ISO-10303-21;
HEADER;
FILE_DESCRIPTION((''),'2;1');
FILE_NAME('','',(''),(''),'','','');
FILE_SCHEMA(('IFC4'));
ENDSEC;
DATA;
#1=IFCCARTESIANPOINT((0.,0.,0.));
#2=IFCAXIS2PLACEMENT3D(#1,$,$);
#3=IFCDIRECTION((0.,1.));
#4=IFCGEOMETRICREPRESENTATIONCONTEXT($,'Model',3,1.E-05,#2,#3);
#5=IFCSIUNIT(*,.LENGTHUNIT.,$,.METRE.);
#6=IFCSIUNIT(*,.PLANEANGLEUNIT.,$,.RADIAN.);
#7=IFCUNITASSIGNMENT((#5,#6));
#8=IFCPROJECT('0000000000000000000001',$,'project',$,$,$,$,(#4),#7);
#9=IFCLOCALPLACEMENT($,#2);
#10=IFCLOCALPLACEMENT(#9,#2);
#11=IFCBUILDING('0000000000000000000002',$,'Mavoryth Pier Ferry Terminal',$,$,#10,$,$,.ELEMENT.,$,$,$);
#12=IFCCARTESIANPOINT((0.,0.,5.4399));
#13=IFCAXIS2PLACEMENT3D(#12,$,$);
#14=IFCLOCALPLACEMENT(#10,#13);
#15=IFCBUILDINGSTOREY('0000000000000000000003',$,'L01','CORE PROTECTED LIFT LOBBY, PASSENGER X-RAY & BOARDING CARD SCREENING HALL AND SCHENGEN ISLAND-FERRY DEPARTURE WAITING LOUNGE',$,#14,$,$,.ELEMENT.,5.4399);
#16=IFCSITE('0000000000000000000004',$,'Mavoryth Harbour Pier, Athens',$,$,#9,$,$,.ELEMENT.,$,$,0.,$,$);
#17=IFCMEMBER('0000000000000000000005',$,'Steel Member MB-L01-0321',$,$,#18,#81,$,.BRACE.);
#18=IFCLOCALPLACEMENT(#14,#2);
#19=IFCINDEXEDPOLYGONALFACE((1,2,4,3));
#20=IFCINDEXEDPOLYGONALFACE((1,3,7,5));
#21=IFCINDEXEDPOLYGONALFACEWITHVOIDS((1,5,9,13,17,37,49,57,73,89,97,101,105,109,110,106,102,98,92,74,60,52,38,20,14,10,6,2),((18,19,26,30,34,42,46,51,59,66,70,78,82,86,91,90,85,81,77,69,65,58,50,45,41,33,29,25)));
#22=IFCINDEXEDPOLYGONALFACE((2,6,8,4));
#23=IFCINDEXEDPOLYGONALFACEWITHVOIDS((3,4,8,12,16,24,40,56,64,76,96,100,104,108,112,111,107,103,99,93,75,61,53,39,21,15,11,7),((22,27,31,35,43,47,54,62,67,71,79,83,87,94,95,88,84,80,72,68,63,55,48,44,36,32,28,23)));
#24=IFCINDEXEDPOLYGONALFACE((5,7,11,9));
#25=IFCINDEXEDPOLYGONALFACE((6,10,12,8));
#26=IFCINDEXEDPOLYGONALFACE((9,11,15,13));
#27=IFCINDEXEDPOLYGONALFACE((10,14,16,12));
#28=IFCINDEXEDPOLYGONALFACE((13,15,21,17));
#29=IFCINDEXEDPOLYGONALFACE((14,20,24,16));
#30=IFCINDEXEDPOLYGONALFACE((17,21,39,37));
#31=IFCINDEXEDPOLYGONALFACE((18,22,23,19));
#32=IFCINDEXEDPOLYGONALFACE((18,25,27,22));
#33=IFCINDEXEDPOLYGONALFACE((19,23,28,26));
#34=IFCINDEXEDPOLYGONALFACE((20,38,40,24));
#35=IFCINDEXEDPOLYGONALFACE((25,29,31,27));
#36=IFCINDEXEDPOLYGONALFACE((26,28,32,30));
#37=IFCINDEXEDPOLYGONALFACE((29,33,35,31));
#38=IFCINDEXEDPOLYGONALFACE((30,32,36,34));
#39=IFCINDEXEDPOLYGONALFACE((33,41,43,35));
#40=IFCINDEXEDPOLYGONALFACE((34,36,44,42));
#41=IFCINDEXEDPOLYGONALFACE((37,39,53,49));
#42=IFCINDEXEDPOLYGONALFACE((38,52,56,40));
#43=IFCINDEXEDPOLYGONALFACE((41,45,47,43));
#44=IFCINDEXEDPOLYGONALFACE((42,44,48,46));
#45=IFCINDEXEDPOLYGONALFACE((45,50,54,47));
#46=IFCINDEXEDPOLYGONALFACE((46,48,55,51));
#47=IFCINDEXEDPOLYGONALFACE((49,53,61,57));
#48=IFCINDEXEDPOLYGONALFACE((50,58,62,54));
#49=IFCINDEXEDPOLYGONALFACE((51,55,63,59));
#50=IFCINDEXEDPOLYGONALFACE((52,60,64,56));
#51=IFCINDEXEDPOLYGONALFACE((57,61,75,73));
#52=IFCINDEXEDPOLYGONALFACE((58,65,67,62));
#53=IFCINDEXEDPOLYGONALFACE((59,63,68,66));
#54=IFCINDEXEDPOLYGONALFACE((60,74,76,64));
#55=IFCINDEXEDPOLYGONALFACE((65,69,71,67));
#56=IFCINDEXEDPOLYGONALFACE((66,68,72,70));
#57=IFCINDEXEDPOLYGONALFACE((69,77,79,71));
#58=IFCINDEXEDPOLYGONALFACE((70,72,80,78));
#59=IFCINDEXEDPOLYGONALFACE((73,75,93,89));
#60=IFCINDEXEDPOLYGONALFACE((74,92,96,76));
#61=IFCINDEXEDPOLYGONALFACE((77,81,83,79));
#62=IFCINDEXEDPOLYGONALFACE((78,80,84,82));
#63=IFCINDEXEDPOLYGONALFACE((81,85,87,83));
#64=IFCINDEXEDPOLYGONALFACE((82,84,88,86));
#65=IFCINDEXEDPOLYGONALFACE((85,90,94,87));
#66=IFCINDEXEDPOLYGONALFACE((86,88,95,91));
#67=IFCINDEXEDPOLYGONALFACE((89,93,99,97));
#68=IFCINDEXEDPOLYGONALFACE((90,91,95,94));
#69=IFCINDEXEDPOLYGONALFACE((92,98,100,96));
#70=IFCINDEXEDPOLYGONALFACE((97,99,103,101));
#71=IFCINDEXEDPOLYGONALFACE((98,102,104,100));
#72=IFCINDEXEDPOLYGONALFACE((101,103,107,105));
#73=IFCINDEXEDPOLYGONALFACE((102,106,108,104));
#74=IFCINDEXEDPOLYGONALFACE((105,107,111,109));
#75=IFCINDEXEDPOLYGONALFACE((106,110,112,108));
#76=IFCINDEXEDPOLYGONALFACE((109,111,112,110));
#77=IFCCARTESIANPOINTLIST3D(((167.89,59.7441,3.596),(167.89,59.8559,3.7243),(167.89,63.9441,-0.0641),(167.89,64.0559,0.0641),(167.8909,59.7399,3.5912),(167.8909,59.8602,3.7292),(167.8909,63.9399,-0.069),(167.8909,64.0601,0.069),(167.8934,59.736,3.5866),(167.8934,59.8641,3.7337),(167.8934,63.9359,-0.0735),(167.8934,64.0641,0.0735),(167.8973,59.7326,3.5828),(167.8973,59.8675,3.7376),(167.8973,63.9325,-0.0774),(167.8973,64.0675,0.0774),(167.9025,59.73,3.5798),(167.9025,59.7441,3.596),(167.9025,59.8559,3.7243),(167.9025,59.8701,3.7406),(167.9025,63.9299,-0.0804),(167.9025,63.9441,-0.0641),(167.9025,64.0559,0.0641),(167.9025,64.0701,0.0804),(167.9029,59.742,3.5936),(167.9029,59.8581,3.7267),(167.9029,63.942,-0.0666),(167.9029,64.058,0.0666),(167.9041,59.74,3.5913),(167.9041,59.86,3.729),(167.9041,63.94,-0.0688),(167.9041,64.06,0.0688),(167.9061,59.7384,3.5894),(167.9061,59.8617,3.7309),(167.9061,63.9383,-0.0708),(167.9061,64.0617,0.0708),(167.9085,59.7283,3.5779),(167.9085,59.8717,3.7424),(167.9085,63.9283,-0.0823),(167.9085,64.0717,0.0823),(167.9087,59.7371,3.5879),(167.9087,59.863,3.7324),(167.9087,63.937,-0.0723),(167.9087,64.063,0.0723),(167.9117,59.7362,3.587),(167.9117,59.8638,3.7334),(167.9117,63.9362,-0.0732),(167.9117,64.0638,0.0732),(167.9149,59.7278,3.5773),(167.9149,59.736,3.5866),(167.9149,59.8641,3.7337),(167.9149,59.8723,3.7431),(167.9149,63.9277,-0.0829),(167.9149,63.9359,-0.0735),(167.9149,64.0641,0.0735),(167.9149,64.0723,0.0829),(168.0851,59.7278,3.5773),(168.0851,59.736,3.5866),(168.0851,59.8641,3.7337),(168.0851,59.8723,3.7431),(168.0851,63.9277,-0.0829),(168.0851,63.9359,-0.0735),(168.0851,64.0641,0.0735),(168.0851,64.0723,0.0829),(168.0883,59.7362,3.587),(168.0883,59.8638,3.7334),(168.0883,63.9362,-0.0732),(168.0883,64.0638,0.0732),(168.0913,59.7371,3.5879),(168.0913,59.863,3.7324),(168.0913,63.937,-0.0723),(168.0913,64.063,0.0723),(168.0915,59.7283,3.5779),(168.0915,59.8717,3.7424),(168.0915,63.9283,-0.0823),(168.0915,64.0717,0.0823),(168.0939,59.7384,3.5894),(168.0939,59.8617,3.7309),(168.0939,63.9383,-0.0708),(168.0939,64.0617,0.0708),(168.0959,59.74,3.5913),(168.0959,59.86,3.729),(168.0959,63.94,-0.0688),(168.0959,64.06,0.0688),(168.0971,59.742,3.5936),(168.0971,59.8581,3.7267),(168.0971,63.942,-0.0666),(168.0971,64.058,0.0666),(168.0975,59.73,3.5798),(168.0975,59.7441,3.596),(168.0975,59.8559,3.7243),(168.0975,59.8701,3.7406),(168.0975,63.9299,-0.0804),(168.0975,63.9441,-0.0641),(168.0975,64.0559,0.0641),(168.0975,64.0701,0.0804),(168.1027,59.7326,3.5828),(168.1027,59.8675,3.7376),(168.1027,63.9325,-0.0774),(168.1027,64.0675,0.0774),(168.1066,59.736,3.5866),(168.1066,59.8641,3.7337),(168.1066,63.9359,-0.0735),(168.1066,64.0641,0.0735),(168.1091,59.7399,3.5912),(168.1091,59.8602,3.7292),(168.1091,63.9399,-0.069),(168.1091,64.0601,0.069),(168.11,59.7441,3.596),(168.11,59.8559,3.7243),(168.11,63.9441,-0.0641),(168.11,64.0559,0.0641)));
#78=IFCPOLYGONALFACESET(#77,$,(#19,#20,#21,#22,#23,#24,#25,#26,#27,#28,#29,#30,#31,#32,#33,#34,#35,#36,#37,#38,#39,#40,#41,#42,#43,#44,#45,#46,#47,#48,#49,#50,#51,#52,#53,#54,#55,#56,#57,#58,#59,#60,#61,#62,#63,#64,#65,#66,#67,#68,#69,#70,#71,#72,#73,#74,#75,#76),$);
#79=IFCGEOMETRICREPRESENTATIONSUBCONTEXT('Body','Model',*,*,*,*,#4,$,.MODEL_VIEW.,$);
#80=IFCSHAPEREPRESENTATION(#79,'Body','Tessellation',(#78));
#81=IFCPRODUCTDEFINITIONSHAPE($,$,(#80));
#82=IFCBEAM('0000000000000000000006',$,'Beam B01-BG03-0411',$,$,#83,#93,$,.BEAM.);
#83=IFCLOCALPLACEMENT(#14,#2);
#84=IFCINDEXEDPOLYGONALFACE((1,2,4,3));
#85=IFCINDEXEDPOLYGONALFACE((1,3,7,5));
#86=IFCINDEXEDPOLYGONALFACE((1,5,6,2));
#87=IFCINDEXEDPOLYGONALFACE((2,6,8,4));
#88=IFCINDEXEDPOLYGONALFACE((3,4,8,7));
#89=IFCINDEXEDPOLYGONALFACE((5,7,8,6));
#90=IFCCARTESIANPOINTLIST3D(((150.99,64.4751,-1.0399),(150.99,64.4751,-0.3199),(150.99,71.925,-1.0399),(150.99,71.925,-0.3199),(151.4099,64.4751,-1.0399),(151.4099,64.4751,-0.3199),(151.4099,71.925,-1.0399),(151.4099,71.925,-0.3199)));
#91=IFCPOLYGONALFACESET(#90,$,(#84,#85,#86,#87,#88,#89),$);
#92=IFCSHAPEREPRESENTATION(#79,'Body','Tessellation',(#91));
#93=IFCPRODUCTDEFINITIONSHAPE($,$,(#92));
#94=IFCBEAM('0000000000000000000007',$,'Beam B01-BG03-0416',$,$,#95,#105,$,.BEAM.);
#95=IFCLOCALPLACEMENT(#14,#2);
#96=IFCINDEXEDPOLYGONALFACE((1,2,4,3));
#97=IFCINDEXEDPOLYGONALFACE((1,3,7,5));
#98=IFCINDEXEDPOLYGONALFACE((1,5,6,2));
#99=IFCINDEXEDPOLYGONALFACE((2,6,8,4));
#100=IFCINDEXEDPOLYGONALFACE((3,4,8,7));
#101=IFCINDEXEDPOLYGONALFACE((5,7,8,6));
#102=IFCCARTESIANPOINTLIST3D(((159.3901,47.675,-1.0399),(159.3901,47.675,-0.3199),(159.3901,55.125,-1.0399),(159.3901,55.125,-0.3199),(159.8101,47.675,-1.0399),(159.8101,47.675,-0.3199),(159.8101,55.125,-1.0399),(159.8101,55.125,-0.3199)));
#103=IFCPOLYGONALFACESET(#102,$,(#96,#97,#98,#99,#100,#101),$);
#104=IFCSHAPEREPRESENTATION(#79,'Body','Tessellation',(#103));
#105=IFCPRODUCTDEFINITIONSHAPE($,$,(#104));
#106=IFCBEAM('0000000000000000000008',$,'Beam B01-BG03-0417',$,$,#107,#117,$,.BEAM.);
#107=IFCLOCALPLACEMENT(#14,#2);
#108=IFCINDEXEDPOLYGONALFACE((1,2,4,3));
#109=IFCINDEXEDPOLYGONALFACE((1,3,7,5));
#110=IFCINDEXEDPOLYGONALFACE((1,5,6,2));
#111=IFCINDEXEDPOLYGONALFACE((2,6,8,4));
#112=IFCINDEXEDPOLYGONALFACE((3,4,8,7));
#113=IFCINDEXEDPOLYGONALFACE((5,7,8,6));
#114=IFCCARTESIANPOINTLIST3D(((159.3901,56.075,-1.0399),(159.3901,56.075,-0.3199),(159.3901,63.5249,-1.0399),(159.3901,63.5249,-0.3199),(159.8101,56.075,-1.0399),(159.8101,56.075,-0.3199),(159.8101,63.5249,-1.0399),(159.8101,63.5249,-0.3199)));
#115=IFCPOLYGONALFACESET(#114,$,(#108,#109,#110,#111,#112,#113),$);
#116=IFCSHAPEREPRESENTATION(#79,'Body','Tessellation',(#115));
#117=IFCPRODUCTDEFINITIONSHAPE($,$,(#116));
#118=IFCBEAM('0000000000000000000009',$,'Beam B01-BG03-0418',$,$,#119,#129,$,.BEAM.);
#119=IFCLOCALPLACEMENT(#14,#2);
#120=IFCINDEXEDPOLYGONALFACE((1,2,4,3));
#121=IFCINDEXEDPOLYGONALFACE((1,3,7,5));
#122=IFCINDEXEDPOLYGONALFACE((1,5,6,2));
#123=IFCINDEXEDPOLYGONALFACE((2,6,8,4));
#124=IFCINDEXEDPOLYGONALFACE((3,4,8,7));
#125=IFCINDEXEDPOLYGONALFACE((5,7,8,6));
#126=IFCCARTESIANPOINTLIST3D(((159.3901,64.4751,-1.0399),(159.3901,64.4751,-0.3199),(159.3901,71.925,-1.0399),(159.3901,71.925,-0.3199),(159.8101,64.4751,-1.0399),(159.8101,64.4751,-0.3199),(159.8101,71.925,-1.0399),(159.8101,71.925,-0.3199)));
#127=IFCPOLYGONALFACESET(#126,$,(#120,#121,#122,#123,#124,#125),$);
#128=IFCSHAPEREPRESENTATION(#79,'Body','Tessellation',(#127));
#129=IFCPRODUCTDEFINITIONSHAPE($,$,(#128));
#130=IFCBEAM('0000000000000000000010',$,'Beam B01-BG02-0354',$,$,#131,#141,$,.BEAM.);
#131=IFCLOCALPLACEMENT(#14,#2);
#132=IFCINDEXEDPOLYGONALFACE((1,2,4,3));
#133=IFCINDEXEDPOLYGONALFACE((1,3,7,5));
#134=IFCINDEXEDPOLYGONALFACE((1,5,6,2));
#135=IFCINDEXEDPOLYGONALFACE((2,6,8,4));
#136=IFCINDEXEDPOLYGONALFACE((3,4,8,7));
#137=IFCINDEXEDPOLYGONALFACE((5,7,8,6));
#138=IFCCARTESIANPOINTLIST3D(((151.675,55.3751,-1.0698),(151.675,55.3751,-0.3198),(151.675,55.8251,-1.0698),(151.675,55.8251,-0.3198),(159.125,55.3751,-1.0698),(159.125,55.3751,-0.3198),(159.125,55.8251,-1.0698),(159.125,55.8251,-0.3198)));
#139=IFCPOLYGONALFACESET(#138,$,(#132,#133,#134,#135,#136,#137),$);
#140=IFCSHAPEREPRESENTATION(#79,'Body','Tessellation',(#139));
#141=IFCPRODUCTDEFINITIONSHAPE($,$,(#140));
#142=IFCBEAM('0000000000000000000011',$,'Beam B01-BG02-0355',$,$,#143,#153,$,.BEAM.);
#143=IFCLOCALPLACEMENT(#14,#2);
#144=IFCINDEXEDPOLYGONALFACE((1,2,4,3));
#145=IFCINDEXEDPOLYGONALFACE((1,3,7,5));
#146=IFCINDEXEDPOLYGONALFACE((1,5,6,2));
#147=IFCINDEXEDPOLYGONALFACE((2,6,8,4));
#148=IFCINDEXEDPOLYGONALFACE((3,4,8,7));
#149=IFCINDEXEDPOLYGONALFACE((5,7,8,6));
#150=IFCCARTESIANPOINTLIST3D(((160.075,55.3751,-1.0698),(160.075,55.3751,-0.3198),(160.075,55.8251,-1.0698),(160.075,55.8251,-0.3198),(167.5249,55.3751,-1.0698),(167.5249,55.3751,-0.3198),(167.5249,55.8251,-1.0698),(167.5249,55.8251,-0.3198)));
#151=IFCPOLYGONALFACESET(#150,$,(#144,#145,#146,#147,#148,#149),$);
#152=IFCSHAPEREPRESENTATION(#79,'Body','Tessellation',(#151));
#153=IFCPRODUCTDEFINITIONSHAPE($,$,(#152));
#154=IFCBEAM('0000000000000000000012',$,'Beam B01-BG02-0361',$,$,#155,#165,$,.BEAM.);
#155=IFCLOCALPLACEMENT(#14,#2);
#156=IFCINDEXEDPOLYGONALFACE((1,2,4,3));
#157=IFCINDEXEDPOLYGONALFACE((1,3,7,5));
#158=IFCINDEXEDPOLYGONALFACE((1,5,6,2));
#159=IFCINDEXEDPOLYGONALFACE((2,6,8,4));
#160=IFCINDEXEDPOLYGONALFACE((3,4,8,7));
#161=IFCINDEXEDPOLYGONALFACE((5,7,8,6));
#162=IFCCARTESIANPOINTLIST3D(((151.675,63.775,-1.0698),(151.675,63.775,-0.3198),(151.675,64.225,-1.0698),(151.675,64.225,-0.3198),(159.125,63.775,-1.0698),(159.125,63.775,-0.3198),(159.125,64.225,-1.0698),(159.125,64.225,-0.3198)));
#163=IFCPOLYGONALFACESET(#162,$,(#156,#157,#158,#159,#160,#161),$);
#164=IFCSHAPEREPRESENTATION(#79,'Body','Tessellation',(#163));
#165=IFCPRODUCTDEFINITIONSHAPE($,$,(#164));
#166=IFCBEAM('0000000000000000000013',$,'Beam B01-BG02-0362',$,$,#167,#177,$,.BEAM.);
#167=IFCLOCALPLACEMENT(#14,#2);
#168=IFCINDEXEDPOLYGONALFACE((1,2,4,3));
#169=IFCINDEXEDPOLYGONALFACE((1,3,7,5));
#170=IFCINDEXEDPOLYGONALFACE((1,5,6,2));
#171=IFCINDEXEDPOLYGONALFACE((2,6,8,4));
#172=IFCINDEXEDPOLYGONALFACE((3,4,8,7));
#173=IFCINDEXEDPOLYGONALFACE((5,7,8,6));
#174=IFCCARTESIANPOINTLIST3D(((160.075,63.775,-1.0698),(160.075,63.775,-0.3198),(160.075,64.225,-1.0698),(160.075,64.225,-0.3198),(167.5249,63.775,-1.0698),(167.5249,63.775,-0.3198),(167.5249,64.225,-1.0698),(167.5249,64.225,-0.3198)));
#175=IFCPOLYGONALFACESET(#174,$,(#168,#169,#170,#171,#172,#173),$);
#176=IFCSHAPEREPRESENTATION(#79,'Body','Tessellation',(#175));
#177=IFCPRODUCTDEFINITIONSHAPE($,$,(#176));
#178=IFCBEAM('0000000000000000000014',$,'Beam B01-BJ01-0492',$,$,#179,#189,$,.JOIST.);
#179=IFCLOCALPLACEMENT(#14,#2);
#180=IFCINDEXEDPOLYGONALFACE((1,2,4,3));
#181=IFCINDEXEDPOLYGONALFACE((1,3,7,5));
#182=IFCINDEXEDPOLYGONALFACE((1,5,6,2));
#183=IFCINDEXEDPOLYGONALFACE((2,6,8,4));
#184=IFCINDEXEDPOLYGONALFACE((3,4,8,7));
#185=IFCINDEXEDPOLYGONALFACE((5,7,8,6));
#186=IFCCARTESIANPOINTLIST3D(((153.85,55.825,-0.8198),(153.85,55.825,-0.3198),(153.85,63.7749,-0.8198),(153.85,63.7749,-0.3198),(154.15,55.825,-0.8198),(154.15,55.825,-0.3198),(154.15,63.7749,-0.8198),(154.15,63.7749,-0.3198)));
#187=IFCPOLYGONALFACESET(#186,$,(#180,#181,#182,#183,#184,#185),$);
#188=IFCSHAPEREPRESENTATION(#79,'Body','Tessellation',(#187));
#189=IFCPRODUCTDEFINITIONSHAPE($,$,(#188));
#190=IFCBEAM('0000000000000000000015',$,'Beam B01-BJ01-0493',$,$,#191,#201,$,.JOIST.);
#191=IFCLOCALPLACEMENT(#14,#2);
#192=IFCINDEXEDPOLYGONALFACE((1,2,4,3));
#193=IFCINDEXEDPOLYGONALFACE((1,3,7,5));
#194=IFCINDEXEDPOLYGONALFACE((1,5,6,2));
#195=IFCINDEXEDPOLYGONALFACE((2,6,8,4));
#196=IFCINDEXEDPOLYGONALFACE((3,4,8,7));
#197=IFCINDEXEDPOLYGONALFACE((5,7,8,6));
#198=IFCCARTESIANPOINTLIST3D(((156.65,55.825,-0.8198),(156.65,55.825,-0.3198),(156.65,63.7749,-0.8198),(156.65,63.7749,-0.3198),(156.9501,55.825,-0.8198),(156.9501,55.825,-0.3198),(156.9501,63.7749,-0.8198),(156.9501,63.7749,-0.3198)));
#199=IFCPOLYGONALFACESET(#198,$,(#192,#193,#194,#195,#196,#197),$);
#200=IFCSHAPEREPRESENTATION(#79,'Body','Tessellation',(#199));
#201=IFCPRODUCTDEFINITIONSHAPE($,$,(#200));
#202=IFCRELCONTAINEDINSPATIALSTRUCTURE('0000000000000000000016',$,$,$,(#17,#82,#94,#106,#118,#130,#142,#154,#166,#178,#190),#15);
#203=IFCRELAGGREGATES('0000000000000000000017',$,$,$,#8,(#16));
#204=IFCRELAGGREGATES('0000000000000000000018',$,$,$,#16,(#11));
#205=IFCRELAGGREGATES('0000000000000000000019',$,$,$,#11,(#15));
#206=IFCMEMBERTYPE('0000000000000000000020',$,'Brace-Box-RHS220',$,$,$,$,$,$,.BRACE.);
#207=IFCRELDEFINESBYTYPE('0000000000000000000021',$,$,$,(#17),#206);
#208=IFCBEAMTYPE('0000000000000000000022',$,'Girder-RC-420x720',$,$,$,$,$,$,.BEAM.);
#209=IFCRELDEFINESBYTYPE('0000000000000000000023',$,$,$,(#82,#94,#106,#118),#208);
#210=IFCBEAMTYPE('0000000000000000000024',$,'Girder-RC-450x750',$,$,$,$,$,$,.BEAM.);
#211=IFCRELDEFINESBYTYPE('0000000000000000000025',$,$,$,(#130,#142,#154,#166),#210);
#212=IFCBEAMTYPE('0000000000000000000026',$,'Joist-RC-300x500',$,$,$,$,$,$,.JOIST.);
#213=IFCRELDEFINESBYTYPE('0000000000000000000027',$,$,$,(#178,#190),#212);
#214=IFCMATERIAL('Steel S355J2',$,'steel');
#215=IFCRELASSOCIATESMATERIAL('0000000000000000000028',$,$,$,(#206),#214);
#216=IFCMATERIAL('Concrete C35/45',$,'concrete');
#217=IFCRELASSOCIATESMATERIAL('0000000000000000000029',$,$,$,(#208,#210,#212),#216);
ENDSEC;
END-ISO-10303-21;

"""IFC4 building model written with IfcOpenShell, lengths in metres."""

from ifc_helpers import new_model, si_unit, direction, frame, origin, origin_2d, place, context, subcontext, project, spatial, rectangle, hollow_rectangle, extrude, material, material_profile, profile_set, type_object, element, save


model = new_model("IFC4")

# Units and contexts
model_context = context("Model", 3, precision=1e-05, world=origin(), true_north=direction((0.0, 1.0)))
body_context = subcontext(model_context, "Body", "Model", "MODEL_VIEW")
ifc_project = project(units=[si_unit("LENGTHUNIT", "METRE"), si_unit("PLANEANGLEUNIT", "RADIAN")], contexts=[model_context])

# Site, building, storey
site_placement = place(None, origin())
site = spatial("IfcSite", under=ifc_project, at=site_placement, Name="Mavoryth Harbour Pier, Athens", CompositionType="ELEMENT", RefElevation=0.0)
building_placement = place(site_placement, origin())
building = spatial("IfcBuilding", under=site, at=building_placement, Name="Mavoryth Pier Ferry Terminal", CompositionType="ELEMENT")
storey_placement = place(building_placement, frame((0.0, 0.0, 5.4399)))
storey = spatial("IfcBuildingStorey", under=building, at=storey_placement, Name="L01", Description="CORE PROTECTED LIFT LOBBY, PASSENGER X-RAY & BOARDING CARD SCREENING HALL AND SCHENGEN ISLAND-FERRY DEPARTURE WAITING LOUNGE", CompositionType="ELEMENT", Elevation=5.4399)

# Member
ifc_material_1 = material(Name="Steel S355J2", Category="steel")
ifc_material_profile_1 = material_profile(ifc_material_1, hollow_rectangle(XDim=0.22, YDim=0.22, WallThickness=0.0125, InnerFilletRadius=0.0125, OuterFilletRadius=0.0249, at=origin_2d()), Name="RHS 220x220x12.5", Category="steel")
ifc_profile_set_1 = profile_set([ifc_material_profile_1], Name="Steel S355J2 - RHS 220x220x12.5")
member_type = type_object("IfcMemberType", Name="Brace-Box-RHS220", PredefinedType="BRACE", material=ifc_profile_set_1)
for number, where, z_axis, x_axis, name in (
    (1, (168.0, 64.0, 0.0), (0.0, -0.753892, 0.656999), (1.0, 0.0, 0.0), "Steel Member MB-L01-0321"),
):
    element("IfcMember", number, at=place(storey_placement, frame(where, z_axis=z_axis, x_axis=x_axis)), inside=storey, type_object=member_type, Name=name, PredefinedType="BRACE", context=body_context, shape_type="SweptSolid", body=[
        extrude(hollow_rectangle(XDim=0.22, YDim=0.22, WallThickness=0.0125, InnerFilletRadius=0.0125, OuterFilletRadius=0.0249, at=origin_2d()), origin(), (0.0, 0.0, 1.0), 5.571),
    ])

# Beams
ifc_material_2 = material(Name="Concrete C35/45", Category="concrete")
ifc_material_profile_2 = material_profile(ifc_material_2, rectangle(XDim=0.4199, YDim=0.72, at=origin_2d()), Name="RC 420x720", Category="concrete")
ifc_profile_set_2 = profile_set([ifc_material_profile_2], Name="Concrete C35/45 - RC 420x720")
beam_type_1 = type_object("IfcBeamType", Name="Girder-RC-420x720", PredefinedType="BEAM", material=ifc_profile_set_2)
for number, where, z_axis, x_axis, name in (
    (2, (151.2, 64.4751, -0.6799), (0.0, 1.0, 0.0), (-1.0, 0.0, 0.0), "Beam B01-BG03-0411"),
    (3, (159.6001, 47.675, -0.6799), (0.0, 1.0, 0.0), (-1.0, 0.0, 0.0), "Beam B01-BG03-0416"),
    (4, (159.6001, 56.075, -0.6799), (0.0, 1.0, 0.0), (-1.0, 0.0, 0.0), "Beam B01-BG03-0417"),
    (5, (159.6001, 64.4751, -0.6799), (0.0, 1.0, 0.0), (-1.0, 0.0, 0.0), "Beam B01-BG03-0418"),
):
    element("IfcBeam", number, at=place(storey_placement, frame(where, z_axis=z_axis, x_axis=x_axis)), inside=storey, type_object=beam_type_1, Name=name, PredefinedType="BEAM", context=body_context, shape_type="SweptSolid", body=[
        extrude(rectangle(XDim=0.4199, YDim=0.72, at=origin_2d()), origin(), (0.0, 0.0, 1.0), 7.45),
    ])
ifc_material_profile_3 = material_profile(ifc_material_2, rectangle(XDim=0.45, YDim=0.75, at=origin_2d()), Name="RC 450x750", Category="concrete")
ifc_profile_set_3 = profile_set([ifc_material_profile_3], Name="Concrete C35/45 - RC 450x750")
beam_type_2 = type_object("IfcBeamType", Name="Girder-RC-450x750", PredefinedType="BEAM", material=ifc_profile_set_3)
for number, where, z_axis, x_axis, name in (
    (6, (151.675, 55.6001, -0.6948), (1.0, 0.0, 0.0), (0.0, 1.0, 0.0), "Beam B01-BG02-0354"),
    (7, (160.075, 55.6001, -0.6948), (1.0, 0.0, 0.0), (0.0, 1.0, 0.0), "Beam B01-BG02-0355"),
    (8, (151.675, 64.0, -0.6948), (1.0, 0.0, 0.0), (0.0, 1.0, 0.0), "Beam B01-BG02-0361"),
    (9, (160.075, 64.0, -0.6948), (1.0, 0.0, 0.0), (0.0, 1.0, 0.0), "Beam B01-BG02-0362"),
):
    element("IfcBeam", number, at=place(storey_placement, frame(where, z_axis=z_axis, x_axis=x_axis)), inside=storey, type_object=beam_type_2, Name=name, PredefinedType="BEAM", context=body_context, shape_type="SweptSolid", body=[
        extrude(rectangle(XDim=0.45, YDim=0.75, at=origin_2d()), origin(), (0.0, 0.0, 1.0), 7.45),
    ])
ifc_material_profile_4 = material_profile(ifc_material_2, rectangle(XDim=0.3, YDim=0.5, at=origin_2d()), Name="RC 300x500", Category="concrete")
ifc_profile_set_4 = profile_set([ifc_material_profile_4], Name="Concrete C35/45 - RC 300x500")
beam_type_3 = type_object("IfcBeamType", Name="Joist-RC-300x500", PredefinedType="JOIST", material=ifc_profile_set_4)
for number, where, z_axis, x_axis, name in (
    (10, (154.0, 55.825, -0.5698), (0.0, 1.0, 0.0), (-1.0, 0.0, 0.0), "Beam B01-BJ01-0492"),
    (11, (156.8, 55.825, -0.5698), (0.0, 1.0, 0.0), (-1.0, 0.0, 0.0), "Beam B01-BJ01-0493"),
):
    element("IfcBeam", number, at=place(storey_placement, frame(where, z_axis=z_axis, x_axis=x_axis)), inside=storey, type_object=beam_type_3, Name=name, PredefinedType="JOIST", context=body_context, shape_type="SweptSolid", body=[
        extrude(rectangle(XDim=0.3, YDim=0.5, at=origin_2d()), origin(), (0.0, 0.0, 1.0), 7.95),
    ])

save(model, "model.ifc")
